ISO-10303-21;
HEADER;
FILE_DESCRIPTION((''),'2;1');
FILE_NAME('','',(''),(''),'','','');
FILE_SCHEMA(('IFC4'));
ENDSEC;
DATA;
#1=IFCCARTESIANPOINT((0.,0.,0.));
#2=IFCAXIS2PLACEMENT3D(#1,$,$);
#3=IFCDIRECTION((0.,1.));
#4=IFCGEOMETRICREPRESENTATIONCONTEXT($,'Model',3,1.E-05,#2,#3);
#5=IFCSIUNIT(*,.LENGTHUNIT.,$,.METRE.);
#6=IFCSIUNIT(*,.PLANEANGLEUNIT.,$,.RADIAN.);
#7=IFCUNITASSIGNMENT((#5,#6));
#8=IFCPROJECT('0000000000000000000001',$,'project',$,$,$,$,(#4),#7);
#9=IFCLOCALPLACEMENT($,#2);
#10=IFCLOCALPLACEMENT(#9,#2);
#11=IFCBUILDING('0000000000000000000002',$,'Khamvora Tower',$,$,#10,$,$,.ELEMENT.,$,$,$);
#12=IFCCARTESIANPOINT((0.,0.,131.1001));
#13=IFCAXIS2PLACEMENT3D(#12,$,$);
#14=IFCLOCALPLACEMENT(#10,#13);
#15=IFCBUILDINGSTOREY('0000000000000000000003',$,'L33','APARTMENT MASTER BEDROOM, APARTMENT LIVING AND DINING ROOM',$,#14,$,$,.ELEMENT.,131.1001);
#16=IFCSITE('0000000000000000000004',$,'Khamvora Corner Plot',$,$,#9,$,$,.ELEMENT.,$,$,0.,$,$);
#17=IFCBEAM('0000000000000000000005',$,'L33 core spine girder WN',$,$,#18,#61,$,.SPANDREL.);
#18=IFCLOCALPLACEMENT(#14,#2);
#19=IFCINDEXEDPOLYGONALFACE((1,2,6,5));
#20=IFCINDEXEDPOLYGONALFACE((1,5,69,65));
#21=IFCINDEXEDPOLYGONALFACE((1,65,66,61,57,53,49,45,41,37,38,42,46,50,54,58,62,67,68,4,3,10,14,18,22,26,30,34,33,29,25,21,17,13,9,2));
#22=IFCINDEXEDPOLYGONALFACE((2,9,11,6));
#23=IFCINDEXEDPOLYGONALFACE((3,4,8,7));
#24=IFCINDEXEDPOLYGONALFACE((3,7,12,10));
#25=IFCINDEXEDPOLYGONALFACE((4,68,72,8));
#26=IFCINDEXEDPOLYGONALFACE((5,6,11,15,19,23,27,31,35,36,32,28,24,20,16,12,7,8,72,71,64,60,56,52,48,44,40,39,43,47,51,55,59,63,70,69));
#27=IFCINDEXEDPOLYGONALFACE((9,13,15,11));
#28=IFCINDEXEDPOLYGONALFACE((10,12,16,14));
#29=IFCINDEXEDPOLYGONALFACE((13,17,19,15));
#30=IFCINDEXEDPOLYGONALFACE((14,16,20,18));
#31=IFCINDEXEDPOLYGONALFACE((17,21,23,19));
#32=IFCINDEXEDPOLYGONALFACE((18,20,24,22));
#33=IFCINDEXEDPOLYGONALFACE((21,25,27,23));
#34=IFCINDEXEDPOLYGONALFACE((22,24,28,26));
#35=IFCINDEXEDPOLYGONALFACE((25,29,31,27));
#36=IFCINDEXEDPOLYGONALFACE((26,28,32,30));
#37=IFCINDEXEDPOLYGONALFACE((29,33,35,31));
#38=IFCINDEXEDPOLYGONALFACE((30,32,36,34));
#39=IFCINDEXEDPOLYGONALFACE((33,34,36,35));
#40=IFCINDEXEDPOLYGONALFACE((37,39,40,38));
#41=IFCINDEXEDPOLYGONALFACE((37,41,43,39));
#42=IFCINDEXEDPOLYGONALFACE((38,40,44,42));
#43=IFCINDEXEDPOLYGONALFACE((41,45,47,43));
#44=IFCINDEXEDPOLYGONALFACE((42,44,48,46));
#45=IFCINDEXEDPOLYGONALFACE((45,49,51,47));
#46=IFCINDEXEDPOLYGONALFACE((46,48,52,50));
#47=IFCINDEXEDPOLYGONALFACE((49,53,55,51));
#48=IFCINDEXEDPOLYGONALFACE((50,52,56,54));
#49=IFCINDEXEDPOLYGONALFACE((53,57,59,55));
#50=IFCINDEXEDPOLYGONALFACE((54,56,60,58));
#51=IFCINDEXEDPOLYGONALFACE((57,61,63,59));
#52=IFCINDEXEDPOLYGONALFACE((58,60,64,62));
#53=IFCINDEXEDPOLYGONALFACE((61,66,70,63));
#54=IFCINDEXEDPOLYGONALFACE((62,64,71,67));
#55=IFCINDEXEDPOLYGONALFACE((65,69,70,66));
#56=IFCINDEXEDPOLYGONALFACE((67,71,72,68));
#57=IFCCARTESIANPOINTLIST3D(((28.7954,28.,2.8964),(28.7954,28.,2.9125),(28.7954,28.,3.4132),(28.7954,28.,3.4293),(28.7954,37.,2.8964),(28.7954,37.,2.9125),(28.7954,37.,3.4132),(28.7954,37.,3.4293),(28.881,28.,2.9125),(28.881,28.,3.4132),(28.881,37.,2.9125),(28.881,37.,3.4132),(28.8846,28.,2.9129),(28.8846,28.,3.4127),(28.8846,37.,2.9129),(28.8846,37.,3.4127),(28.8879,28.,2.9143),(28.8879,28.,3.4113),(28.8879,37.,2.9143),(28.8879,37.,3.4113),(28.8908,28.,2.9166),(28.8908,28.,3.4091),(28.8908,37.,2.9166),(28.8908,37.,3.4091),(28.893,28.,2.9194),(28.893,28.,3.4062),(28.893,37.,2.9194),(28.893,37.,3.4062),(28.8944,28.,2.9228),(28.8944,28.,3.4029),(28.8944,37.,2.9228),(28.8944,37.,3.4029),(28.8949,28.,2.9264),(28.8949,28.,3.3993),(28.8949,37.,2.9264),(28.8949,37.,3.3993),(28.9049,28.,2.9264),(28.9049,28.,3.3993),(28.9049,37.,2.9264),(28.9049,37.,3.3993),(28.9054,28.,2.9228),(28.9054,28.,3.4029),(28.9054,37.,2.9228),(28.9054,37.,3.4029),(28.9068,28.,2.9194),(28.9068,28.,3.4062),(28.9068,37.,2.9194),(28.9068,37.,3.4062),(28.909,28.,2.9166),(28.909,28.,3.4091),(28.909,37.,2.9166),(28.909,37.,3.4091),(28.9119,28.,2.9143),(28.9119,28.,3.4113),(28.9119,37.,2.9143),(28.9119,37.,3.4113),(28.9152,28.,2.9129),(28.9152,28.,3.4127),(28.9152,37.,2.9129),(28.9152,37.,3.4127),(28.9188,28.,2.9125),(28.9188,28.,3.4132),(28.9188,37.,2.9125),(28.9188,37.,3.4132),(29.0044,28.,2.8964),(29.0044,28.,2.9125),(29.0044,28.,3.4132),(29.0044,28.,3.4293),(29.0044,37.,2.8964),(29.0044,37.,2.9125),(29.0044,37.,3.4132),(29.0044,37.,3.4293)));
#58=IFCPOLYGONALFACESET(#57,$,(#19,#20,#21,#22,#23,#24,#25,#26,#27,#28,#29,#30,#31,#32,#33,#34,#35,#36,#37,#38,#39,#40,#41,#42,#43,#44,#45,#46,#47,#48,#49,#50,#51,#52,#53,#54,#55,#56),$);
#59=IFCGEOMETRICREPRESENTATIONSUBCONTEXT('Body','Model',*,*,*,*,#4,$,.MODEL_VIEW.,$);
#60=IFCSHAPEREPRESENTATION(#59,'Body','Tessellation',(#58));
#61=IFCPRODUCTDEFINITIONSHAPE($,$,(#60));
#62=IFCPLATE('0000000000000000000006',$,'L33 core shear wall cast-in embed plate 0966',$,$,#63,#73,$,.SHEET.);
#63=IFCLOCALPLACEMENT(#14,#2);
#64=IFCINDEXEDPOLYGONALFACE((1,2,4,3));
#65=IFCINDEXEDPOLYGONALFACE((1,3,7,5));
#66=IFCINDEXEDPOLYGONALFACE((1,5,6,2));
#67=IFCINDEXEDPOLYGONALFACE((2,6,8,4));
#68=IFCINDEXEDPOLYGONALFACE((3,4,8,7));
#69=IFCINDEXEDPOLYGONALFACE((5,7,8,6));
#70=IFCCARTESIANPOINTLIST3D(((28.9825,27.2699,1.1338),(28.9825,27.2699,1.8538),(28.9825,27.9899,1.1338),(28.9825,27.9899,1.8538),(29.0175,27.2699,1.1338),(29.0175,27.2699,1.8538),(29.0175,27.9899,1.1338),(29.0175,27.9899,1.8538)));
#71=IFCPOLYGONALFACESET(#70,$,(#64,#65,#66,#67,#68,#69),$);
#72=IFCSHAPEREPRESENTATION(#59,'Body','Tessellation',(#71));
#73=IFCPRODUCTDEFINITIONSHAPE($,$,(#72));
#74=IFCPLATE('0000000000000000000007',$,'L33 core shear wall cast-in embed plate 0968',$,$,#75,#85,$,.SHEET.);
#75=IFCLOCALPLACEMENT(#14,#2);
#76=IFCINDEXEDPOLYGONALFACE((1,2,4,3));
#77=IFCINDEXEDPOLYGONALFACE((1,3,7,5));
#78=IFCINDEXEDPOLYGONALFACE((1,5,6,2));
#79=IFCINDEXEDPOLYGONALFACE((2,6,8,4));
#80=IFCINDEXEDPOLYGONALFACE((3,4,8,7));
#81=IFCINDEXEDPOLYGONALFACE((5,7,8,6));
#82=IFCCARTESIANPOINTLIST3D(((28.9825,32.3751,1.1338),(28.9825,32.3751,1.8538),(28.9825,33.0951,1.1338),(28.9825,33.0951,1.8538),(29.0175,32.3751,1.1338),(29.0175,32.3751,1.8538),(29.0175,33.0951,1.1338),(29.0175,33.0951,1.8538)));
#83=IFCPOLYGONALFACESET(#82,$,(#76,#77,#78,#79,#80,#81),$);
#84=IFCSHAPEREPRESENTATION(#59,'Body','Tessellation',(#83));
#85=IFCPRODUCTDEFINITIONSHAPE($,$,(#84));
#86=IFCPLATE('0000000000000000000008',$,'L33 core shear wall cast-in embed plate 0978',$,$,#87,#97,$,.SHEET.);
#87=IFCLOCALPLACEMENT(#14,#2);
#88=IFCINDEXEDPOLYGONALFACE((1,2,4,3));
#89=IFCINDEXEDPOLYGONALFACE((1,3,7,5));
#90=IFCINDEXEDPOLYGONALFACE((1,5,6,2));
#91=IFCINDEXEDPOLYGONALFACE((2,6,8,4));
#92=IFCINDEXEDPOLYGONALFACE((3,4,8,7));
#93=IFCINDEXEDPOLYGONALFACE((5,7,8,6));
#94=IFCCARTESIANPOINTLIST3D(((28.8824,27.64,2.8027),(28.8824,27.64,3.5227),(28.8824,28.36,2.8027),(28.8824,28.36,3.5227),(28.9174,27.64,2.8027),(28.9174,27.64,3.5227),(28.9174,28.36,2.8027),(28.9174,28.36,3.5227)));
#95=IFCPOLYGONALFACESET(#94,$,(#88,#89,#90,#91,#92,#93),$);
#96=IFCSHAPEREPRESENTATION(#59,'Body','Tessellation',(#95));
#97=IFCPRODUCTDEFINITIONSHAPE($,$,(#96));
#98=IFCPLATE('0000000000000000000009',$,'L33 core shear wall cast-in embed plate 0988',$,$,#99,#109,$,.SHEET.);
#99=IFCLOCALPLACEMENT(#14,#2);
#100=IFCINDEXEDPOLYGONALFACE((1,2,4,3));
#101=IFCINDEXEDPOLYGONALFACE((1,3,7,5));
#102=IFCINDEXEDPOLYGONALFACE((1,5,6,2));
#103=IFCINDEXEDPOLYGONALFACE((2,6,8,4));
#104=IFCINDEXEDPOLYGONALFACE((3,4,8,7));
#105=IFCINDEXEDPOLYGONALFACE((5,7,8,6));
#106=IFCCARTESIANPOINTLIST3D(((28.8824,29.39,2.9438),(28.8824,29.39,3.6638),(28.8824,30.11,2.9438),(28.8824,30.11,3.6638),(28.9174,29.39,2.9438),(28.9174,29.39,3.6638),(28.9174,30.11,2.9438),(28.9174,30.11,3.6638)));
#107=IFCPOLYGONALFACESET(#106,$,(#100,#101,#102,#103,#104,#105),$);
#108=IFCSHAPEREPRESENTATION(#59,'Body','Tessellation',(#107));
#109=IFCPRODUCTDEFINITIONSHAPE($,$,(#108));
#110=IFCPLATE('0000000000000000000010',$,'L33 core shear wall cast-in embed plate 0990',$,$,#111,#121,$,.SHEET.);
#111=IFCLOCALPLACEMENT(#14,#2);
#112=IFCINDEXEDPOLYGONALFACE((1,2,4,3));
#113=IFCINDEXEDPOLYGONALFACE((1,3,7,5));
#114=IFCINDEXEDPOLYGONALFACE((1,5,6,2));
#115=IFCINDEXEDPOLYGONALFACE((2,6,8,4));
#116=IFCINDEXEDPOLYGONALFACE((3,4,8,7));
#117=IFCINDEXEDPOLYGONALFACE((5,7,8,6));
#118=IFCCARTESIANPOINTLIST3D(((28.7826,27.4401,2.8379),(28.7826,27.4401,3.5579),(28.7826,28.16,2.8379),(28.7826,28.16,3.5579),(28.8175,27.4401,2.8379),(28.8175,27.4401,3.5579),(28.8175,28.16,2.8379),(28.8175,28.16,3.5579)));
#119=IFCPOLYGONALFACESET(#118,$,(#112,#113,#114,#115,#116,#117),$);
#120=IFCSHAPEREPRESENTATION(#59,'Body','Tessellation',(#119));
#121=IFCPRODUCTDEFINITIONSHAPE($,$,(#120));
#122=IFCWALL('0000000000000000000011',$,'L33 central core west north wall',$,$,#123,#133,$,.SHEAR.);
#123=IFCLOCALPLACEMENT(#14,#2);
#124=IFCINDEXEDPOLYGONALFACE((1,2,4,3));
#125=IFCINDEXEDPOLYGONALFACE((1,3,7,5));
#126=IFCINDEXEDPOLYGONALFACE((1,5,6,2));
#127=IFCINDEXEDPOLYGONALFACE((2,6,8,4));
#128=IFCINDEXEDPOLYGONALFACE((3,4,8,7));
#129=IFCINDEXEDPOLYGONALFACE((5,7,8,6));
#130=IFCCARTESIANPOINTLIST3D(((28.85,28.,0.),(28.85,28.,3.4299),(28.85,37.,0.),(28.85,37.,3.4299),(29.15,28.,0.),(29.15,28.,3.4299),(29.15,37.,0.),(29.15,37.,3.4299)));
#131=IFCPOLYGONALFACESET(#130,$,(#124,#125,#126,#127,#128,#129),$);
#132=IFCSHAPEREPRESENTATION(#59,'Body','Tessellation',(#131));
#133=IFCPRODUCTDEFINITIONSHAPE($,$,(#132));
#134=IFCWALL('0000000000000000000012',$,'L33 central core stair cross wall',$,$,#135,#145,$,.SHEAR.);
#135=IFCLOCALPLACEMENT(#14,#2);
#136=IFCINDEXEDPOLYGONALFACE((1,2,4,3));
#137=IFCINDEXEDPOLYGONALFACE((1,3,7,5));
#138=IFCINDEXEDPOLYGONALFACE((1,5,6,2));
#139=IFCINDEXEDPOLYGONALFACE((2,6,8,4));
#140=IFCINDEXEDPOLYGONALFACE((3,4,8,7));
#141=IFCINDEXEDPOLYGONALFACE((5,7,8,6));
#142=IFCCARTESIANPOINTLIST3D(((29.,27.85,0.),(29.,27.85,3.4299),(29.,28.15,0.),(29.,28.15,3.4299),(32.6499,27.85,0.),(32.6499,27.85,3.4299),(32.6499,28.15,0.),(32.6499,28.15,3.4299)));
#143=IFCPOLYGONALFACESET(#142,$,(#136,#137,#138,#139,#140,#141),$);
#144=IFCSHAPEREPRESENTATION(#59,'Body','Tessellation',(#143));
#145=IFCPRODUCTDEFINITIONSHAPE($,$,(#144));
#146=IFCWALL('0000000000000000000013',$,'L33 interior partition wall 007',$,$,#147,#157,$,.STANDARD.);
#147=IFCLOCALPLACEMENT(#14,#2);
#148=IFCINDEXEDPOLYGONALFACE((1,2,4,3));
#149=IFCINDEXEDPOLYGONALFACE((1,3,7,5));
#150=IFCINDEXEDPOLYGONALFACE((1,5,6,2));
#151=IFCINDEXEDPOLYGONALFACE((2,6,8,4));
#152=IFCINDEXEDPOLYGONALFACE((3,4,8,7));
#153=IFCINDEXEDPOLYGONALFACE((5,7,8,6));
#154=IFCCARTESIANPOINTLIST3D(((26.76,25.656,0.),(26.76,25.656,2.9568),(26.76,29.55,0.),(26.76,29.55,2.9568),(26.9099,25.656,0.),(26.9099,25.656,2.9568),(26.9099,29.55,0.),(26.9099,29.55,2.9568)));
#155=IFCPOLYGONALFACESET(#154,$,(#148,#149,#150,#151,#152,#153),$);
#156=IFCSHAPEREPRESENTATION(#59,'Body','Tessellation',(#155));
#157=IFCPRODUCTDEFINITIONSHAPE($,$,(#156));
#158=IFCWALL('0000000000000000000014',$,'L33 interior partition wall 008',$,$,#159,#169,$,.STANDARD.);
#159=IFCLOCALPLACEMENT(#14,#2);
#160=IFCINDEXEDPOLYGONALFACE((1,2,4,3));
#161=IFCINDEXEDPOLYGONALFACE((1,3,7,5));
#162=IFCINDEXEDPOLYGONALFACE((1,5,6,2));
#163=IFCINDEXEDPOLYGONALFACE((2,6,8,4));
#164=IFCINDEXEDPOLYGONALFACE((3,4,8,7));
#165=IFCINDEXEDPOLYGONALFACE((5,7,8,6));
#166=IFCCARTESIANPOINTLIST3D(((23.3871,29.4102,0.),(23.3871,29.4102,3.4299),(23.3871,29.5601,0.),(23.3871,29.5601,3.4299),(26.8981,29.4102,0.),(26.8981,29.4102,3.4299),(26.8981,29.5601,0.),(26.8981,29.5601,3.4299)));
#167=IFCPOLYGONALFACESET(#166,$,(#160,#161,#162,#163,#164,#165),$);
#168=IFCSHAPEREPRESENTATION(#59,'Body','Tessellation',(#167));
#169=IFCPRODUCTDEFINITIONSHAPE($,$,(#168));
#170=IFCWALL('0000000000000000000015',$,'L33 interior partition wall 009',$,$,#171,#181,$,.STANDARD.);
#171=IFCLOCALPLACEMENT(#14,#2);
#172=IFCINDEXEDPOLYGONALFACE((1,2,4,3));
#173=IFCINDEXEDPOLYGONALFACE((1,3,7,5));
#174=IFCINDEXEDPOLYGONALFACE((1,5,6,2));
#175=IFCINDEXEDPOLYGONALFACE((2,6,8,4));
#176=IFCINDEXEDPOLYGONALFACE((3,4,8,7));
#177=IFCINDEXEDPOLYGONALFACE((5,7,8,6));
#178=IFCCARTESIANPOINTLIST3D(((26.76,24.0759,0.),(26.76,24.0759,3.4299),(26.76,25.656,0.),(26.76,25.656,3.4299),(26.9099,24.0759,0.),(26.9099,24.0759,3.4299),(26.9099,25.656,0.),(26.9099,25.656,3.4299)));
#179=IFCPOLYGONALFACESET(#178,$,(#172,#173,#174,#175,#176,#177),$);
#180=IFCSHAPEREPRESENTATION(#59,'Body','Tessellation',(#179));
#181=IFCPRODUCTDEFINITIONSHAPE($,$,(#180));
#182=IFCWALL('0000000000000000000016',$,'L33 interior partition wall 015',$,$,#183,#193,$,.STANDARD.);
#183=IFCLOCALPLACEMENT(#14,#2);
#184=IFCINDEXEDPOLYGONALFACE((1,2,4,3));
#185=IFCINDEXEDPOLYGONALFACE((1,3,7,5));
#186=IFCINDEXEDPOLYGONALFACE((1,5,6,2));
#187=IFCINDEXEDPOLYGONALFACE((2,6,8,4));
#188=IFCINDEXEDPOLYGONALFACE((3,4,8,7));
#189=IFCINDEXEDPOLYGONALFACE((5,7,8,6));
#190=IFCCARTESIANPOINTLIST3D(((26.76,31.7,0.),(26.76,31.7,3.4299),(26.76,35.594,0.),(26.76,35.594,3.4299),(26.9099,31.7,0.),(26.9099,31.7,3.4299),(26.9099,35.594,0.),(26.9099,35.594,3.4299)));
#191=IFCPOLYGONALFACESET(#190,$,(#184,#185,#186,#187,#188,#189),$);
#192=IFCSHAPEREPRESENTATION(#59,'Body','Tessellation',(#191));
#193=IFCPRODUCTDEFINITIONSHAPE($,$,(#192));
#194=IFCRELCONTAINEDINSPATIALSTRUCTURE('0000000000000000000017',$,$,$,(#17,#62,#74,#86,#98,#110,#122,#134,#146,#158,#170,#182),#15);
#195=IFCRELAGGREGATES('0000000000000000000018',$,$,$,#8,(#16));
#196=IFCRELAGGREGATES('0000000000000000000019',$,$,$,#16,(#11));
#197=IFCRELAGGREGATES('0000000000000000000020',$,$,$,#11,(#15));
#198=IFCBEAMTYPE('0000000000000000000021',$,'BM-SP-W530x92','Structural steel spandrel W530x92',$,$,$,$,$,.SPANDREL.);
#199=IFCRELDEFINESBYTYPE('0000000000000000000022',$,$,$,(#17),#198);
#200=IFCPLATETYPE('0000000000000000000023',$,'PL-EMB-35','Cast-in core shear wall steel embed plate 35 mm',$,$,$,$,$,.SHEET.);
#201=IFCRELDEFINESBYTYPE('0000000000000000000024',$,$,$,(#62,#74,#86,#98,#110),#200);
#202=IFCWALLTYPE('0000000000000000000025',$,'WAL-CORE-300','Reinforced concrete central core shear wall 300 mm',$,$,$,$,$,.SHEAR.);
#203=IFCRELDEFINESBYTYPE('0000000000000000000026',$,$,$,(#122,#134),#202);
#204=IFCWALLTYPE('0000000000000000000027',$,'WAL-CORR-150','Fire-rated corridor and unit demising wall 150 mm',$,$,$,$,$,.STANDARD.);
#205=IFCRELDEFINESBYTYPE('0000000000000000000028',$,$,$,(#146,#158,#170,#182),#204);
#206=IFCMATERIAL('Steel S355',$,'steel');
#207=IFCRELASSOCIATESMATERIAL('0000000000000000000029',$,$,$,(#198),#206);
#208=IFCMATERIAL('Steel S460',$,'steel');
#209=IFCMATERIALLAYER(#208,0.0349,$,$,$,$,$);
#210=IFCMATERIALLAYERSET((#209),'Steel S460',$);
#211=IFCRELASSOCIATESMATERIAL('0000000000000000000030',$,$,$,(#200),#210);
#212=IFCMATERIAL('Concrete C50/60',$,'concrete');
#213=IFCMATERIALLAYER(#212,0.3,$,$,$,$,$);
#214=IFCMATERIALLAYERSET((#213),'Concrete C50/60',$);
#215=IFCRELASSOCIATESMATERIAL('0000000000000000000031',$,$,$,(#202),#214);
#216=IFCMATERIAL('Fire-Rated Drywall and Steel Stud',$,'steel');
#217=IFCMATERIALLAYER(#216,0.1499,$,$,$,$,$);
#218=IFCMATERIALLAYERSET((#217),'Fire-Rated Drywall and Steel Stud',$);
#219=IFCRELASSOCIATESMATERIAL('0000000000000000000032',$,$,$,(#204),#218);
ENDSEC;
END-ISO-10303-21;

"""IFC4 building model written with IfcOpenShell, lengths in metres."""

from ifc_helpers import new_model, si_unit, direction, frame, frame_2d, origin, origin_2d, place, context, subcontext, project, spatial, rectangle, i_section, extrude, material, layer, layer_set, material_profile, profile_set, type_object, element, save


model = new_model("IFC4")

# Units and contexts
model_context = context("Model", 3, precision=1e-05, world=origin(), true_north=direction((0.0, 1.0)))
body_context = subcontext(model_context, "Body", "Model", "MODEL_VIEW")
ifc_project = project(units=[si_unit("LENGTHUNIT", "METRE"), si_unit("PLANEANGLEUNIT", "RADIAN")], contexts=[model_context])

# Site, building, storey
site_placement = place(None, origin())
site = spatial("IfcSite", under=ifc_project, at=site_placement, Name="Khamvora Corner Plot", CompositionType="ELEMENT", RefElevation=0.0)
building_placement = place(site_placement, origin())
building = spatial("IfcBuilding", under=site, at=building_placement, Name="Khamvora Tower", CompositionType="ELEMENT")
storey_placement = place(building_placement, frame((0.0, 0.0, 131.1001)))
storey = spatial("IfcBuildingStorey", under=building, at=storey_placement, Name="L33", Description="APARTMENT MASTER BEDROOM, APARTMENT LIVING AND DINING ROOM", CompositionType="ELEMENT", Elevation=131.1001)

# Shared definitions
ifc_material_1 = material(Name="Steel S460", Category="steel")

# Beam
ifc_material_2 = material(Name="Steel S355", Category="steel")
ifc_material_profile_1 = material_profile(ifc_material_2, i_section(OverallWidth=0.209, OverallDepth=0.533, WebThickness=0.01, FlangeThickness=0.0161, FilletRadius=0.0139, at=origin_2d()), Name="W530x92")
ifc_profile_set_1 = profile_set([ifc_material_profile_1], Name="Steel S355")
beam_type_1 = type_object("IfcBeamType", Name="BM-SP-W530x92", Description="Structural steel spandrel W530x92", PredefinedType="SPANDREL", material=ifc_profile_set_1)
beam_1_placement = place(storey_placement, frame((28.8999, 28.0, 3.1628), z_axis=(0.0, 1.0, 0.0), x_axis=(-1.0, 0.0, 0.0)))
element("IfcBeam", 1, at=beam_1_placement, inside=storey, type_object=beam_type_1, Name="L33 core spine girder WN", PredefinedType="SPANDREL", context=body_context, shape_type="SweptSolid", body=[
    extrude(i_section(OverallWidth=0.209, OverallDepth=0.533, WebThickness=0.01, FlangeThickness=0.0161, FilletRadius=0.0139, at=origin_2d()), origin(), (0.0, 0.0, 1.0), 9.0),
])

# Plates
ifc_layer_1 = layer(ifc_material_1, 0.0349)
ifc_layer_set_1 = layer_set([ifc_layer_1], Name="Steel S460")
plate_type = type_object("IfcPlateType", Name="PL-EMB-35", Description="Cast-in core shear wall steel embed plate 35 mm", PredefinedType="SHEET", material=ifc_layer_set_1)
for number, where, z_axis, x_axis, name in (
    (2, (29.0, 27.6299, 1.1338), (0.0, 0.0, 1.0), (1.0, 0.0, 0.0), "L33 core shear wall cast-in embed plate 0966"),
    (3, (29.0, 32.7351, 1.1338), (0.0, 0.0, 1.0), (1.0, 0.0, 0.0), "L33 core shear wall cast-in embed plate 0968"),
    (4, (28.8999, 28.0, 2.8027), (0.0, 0.0, 1.0), (1.0, 0.0, 0.0), "L33 core shear wall cast-in embed plate 0978"),
    (5, (28.8999, 29.75, 2.9438), (0.0, 0.0, 1.0), (1.0, 0.0, 0.0), "L33 core shear wall cast-in embed plate 0988"),
    (6, (28.8, 27.8, 2.8379), (0.0, 0.0, 1.0), (1.0, 0.0, 0.0), "L33 core shear wall cast-in embed plate 0990"),
):
    element("IfcPlate", number, at=place(storey_placement, frame(where, z_axis=z_axis, x_axis=x_axis)), inside=storey, type_object=plate_type, Name=name, PredefinedType="SHEET", context=body_context, shape_type="SweptSolid", body=[
        extrude(rectangle(XDim=0.0349, YDim=0.72, at=origin_2d()), origin(), (0.0, 0.0, 1.0), 0.72),
    ])

# Walls
ifc_material_3 = material(Name="Concrete C50/60", Category="concrete")
ifc_layer_2 = layer(ifc_material_3, 0.3)
ifc_layer_set_2 = layer_set([ifc_layer_2], Name="Concrete C50/60")
wall_type_1 = type_object("IfcWallType", Name="WAL-CORE-300", Description="Reinforced concrete central core shear wall 300 mm", PredefinedType="SHEAR", material=ifc_layer_set_2)
wall_1_placement = place(storey_placement, frame((29.0, 28.0, 0.0), z_axis=(0.0, 0.0, 1.0), x_axis=(0.0, 1.0, 0.0)))
element("IfcWall", 7, at=wall_1_placement, inside=storey, type_object=wall_type_1, Name="L33 central core west north wall", PredefinedType="SHEAR", context=body_context, shape_type="SweptSolid", body=[
    extrude(rectangle(XDim=9.0, YDim=0.3, at=frame_2d((4.5, 0.0))), origin(), (0.0, 0.0, 1.0), 3.4299),
])
wall_2_placement = place(storey_placement, frame((29.0, 28.0, 0.0), z_axis=(0.0, 0.0, 1.0), x_axis=(1.0, 0.0, 0.0)))
element("IfcWall", 8, at=wall_2_placement, inside=storey, type_object=wall_type_1, Name="L33 central core stair cross wall", PredefinedType="SHEAR", context=body_context, shape_type="SweptSolid", body=[
    extrude(rectangle(XDim=3.6499, YDim=0.3, at=frame_2d((1.825, 0.0))), origin(), (0.0, 0.0, 1.0), 3.4299),
])
ifc_material_4 = material(Name="Fire-Rated Drywall and Steel Stud", Category="steel")
ifc_layer_3 = layer(ifc_material_4, 0.1499)
ifc_layer_set_3 = layer_set([ifc_layer_3], Name="Fire-Rated Drywall and Steel Stud")
wall_type_2 = type_object("IfcWallType", Name="WAL-CORR-150", Description="Fire-rated corridor and unit demising wall 150 mm", PredefinedType="STANDARD", material=ifc_layer_set_3)
wall_3_placement = place(storey_placement, frame((26.835, 25.656, 0.0), z_axis=(0.0, 0.0, 1.0), x_axis=(0.0, 1.0, 0.0)))
element("IfcWall", 9, at=wall_3_placement, inside=storey, type_object=wall_type_2, Name="L33 interior partition wall 007", PredefinedType="STANDARD", context=body_context, shape_type="SweptSolid", body=[
    extrude(rectangle(XDim=3.894, YDim=0.1499, at=frame_2d((1.947, 0.0))), origin(), (0.0, 0.0, 1.0), 2.9568),
])
wall_4_placement = place(storey_placement, frame((26.8979, 29.4851, 0.0), z_axis=(0.0, 0.0, 1.0), x_axis=(-1.0, 0.0, 0.0)))
element("IfcWall", 10, at=wall_4_placement, inside=storey, type_object=wall_type_2, Name="L33 interior partition wall 008", PredefinedType="STANDARD", context=body_context, shape_type="SweptSolid", body=[
    extrude(rectangle(XDim=3.511, YDim=0.1499, at=frame_2d((1.7554, 0.0))), origin(), (0.0, 0.0, 1.0), 3.4299),
])
wall_5_placement = place(storey_placement, frame((26.835, 24.0759, 0.0), z_axis=(0.0, 0.0, 1.0), x_axis=(0.0, 1.0, 0.0)))
element("IfcWall", 11, at=wall_5_placement, inside=storey, type_object=wall_type_2, Name="L33 interior partition wall 009", PredefinedType="STANDARD", context=body_context, shape_type="SweptSolid", body=[
    extrude(rectangle(XDim=1.5801, YDim=0.1499, at=frame_2d((0.79, 0.0))), origin(), (0.0, 0.0, 1.0), 3.4299),
])
wall_6_placement = place(storey_placement, frame((26.835, 31.7, 0.0), z_axis=(0.0, 0.0, 1.0), x_axis=(0.0, 1.0, 0.0)))
element("IfcWall", 12, at=wall_6_placement, inside=storey, type_object=wall_type_2, Name="L33 interior partition wall 015", PredefinedType="STANDARD", context=body_context, shape_type="SweptSolid", body=[
    extrude(rectangle(XDim=3.894, YDim=0.1499, at=frame_2d((1.947, 0.0))), origin(), (0.0, 0.0, 1.0), 3.4299),
])

save(model, "model.ifc")
